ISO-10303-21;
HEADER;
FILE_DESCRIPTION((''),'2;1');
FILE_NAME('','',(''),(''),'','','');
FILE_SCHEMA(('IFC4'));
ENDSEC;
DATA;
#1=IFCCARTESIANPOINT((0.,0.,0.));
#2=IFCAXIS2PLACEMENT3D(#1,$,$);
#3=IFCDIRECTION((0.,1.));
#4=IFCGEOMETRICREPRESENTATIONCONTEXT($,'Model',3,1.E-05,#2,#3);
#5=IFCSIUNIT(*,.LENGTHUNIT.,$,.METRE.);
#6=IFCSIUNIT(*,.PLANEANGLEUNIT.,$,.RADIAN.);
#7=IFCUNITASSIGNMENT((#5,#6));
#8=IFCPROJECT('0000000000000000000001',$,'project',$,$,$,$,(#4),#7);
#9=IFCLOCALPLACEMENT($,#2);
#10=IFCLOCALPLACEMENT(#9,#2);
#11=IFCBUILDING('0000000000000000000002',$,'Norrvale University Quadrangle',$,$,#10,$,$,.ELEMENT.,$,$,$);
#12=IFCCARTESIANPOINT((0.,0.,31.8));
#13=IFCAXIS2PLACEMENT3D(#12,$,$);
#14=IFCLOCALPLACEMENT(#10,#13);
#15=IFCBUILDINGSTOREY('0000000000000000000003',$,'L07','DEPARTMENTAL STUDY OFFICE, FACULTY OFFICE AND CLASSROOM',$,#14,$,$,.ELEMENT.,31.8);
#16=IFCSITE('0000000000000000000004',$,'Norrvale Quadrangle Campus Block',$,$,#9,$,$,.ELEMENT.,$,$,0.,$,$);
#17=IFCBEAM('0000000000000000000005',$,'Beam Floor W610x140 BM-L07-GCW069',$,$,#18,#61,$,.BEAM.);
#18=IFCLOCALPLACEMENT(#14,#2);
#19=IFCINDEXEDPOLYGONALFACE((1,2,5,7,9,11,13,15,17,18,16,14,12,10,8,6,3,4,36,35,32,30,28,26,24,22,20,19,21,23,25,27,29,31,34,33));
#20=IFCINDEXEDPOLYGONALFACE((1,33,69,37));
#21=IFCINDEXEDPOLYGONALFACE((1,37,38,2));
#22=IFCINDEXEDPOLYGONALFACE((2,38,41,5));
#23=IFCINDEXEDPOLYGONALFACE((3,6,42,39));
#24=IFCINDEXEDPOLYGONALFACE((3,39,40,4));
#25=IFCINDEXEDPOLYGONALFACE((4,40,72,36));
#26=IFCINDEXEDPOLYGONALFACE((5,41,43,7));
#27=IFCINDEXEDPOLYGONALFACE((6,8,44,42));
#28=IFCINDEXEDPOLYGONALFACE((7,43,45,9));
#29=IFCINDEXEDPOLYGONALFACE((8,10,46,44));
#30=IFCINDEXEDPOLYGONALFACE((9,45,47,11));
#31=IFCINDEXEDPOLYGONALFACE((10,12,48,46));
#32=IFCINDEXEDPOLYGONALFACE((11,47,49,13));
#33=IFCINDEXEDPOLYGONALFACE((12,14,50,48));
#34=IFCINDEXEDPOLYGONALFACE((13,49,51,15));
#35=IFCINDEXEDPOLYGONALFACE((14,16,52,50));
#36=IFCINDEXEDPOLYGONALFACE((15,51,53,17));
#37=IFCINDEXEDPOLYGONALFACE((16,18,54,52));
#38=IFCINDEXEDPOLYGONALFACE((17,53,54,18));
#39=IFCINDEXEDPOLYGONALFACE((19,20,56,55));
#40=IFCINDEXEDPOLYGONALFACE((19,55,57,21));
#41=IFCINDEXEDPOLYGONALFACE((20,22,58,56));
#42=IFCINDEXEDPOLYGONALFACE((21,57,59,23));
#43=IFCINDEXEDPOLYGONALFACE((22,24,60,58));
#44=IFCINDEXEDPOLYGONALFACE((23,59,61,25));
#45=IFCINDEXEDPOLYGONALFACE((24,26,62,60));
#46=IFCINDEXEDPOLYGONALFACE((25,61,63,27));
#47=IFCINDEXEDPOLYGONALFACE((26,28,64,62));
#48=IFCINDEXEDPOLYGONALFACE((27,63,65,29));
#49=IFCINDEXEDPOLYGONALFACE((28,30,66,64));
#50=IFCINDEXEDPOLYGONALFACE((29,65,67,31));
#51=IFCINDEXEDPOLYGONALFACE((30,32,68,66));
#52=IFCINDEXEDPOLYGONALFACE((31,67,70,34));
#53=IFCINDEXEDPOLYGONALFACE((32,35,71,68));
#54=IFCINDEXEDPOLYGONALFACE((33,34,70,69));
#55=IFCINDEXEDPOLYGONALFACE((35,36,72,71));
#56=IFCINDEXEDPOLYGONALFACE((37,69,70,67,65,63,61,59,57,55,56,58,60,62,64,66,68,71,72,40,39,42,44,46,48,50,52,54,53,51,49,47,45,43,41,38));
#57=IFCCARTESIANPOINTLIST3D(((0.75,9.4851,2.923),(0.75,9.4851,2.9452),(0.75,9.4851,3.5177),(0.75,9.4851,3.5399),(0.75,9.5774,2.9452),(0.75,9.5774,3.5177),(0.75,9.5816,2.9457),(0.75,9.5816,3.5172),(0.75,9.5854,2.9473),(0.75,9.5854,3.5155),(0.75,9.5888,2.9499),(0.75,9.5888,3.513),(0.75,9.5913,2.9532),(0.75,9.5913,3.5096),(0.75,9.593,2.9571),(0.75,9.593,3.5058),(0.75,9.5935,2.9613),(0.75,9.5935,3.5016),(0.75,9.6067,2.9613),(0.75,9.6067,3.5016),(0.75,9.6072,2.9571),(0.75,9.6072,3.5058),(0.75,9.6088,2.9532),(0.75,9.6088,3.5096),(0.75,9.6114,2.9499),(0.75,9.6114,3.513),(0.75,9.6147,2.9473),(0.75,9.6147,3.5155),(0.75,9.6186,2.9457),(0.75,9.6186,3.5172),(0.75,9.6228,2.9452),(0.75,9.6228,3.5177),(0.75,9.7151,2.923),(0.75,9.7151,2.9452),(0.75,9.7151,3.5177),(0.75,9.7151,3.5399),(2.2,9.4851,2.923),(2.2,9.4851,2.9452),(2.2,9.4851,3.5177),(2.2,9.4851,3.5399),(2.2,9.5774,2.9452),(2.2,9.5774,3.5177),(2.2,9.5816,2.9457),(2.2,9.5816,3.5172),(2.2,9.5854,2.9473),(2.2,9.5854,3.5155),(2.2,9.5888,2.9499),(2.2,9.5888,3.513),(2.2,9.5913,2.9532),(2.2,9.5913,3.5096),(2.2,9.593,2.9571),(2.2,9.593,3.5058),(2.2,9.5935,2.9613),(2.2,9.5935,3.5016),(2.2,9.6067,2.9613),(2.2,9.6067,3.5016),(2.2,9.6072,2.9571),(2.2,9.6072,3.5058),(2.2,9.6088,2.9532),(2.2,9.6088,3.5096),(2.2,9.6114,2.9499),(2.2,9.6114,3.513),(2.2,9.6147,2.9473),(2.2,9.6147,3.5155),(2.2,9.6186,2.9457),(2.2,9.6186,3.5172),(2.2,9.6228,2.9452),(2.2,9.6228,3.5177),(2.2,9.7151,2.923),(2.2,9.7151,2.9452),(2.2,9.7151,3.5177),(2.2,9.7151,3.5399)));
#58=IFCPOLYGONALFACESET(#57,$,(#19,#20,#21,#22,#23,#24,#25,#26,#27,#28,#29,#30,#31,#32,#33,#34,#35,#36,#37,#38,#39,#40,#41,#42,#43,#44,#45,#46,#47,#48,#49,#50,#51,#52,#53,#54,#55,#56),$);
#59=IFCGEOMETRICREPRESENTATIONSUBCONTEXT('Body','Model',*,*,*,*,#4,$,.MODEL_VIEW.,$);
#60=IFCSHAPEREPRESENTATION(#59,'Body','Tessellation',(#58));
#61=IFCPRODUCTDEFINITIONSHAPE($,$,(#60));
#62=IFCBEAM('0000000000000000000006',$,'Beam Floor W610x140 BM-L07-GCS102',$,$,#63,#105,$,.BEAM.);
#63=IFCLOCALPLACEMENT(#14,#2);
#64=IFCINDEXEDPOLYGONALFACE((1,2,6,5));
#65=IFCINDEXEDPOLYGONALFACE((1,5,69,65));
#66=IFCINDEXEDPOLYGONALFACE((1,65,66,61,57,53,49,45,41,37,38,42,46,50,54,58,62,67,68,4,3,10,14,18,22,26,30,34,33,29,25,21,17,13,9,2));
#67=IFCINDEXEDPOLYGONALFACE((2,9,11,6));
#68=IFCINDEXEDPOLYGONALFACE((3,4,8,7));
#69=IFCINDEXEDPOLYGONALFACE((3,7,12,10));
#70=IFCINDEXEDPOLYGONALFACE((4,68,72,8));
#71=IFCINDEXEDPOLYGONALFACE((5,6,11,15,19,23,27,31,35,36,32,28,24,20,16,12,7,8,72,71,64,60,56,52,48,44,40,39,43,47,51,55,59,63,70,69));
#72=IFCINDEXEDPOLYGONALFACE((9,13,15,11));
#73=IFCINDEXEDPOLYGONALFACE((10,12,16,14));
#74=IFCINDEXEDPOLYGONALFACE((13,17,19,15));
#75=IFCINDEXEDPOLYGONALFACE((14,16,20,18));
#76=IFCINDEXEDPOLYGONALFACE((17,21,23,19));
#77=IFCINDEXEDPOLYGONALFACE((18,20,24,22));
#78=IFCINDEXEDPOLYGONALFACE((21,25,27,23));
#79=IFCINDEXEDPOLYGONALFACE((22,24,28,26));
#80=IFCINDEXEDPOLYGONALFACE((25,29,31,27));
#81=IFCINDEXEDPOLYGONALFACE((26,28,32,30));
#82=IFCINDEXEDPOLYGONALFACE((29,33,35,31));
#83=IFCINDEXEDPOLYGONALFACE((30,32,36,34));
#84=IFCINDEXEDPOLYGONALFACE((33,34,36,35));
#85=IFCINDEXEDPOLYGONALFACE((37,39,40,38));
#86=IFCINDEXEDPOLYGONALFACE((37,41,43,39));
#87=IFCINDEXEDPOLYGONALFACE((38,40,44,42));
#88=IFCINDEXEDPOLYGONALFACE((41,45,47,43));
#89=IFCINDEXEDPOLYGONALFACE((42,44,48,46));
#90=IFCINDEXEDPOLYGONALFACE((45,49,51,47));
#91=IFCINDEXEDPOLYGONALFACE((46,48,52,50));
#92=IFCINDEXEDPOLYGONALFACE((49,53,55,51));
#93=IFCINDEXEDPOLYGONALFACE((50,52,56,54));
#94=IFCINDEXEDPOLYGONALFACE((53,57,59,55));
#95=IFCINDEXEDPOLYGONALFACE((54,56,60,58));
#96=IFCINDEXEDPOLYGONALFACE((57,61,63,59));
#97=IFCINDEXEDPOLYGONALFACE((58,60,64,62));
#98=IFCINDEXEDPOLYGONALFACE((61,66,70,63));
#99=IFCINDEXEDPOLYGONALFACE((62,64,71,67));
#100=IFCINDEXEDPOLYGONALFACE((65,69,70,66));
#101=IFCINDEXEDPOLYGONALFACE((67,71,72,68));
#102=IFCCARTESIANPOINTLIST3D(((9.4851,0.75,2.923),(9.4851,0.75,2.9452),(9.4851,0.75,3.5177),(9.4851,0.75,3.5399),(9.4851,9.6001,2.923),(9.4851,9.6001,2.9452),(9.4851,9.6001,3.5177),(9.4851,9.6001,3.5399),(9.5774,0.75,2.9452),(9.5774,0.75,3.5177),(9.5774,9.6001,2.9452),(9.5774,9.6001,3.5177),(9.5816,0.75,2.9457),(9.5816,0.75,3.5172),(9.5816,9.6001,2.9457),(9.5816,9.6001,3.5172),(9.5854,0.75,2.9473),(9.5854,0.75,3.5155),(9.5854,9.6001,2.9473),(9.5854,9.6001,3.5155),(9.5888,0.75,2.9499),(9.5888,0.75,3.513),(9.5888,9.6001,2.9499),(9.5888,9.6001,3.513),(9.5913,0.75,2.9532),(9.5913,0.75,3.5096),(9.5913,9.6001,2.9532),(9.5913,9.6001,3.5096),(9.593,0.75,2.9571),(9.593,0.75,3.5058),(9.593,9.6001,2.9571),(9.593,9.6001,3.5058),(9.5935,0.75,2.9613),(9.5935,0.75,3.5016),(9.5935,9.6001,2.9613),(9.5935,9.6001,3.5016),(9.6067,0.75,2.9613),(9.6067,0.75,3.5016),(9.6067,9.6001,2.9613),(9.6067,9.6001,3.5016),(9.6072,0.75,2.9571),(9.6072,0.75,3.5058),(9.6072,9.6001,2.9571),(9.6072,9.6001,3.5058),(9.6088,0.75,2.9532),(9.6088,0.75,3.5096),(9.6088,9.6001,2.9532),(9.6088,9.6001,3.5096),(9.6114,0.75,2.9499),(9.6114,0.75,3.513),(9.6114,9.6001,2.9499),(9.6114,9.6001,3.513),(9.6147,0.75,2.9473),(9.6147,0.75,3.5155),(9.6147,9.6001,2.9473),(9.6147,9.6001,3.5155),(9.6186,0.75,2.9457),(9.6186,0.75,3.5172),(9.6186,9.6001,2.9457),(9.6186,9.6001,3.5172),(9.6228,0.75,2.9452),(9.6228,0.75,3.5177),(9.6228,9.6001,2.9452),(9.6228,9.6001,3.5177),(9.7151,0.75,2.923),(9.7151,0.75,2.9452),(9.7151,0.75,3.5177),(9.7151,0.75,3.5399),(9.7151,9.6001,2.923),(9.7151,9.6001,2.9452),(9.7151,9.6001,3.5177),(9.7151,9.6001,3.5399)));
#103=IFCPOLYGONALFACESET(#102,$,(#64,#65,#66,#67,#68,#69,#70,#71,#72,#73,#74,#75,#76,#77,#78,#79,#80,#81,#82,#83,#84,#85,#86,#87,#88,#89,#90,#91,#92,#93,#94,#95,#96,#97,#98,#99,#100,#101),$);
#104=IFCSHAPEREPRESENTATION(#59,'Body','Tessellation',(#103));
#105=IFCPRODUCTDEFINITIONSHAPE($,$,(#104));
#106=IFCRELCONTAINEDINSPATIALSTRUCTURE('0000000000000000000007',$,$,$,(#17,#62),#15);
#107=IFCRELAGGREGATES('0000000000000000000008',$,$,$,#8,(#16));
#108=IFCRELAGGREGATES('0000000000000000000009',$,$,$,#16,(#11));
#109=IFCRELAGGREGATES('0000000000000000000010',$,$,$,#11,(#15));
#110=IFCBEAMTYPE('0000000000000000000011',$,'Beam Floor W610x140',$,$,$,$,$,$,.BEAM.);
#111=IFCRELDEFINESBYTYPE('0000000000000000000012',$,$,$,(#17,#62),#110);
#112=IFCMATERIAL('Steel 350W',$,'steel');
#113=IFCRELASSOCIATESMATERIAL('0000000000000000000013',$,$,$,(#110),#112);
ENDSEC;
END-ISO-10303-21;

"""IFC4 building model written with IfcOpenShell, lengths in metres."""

from ifc_helpers import new_model, si_unit, direction, frame, origin, origin_2d, place, context, subcontext, project, spatial, i_section, extrude, material, material_profile, profile_set, type_object, element, save


model = new_model("IFC4")

# Units and contexts
model_context = context("Model", 3, precision=1e-05, world=origin(), true_north=direction((0.0, 1.0)))
body_context = subcontext(model_context, "Body", "Model", "MODEL_VIEW")
ifc_project = project(units=[si_unit("LENGTHUNIT", "METRE"), si_unit("PLANEANGLEUNIT", "RADIAN")], contexts=[model_context])

# Site, building, storey
site_placement = place(None, origin())
site = spatial("IfcSite", under=ifc_project, at=site_placement, Name="Norrvale Quadrangle Campus Block", CompositionType="ELEMENT", RefElevation=0.0)
building_placement = place(site_placement, origin())
building = spatial("IfcBuilding", under=site, at=building_placement, Name="Norrvale University Quadrangle", CompositionType="ELEMENT")
storey_placement = place(building_placement, frame((0.0, 0.0, 31.8)))
storey = spatial("IfcBuildingStorey", under=building, at=storey_placement, Name="L07", Description="DEPARTMENTAL STUDY OFFICE, FACULTY OFFICE AND CLASSROOM", CompositionType="ELEMENT", Elevation=31.8)

# Beams
ifc_material_1 = material(Name="Steel 350W", Category="steel")
ifc_material_profile_1 = material_profile(ifc_material_1, i_section(OverallWidth=0.23, OverallDepth=0.6169, WebThickness=0.0132, FlangeThickness=0.0222, FilletRadius=0.0161, at=origin_2d()), Name="Steel 350W")
ifc_profile_set_1 = profile_set([ifc_material_profile_1], Name="Steel 350W")
beam_type_1 = type_object("IfcBeamType", Name="Beam Floor W610x140", PredefinedType="BEAM", material=ifc_profile_set_1)
beam_1_placement = place(storey_placement, frame((0.75, 9.6001, 3.2314), z_axis=(1.0, 0.0, 0.0), x_axis=(0.0, 1.0, 0.0)))
element("IfcBeam", 1, at=beam_1_placement, inside=storey, type_object=beam_type_1, Name="Beam Floor W610x140 BM-L07-GCW069", PredefinedType="BEAM", context=body_context, shape_type="SweptSolid", body=[
    extrude(i_section(OverallWidth=0.23, OverallDepth=0.6169, WebThickness=0.0132, FlangeThickness=0.0222, FilletRadius=0.0161, at=origin_2d()), origin(), (0.0, 0.0, 1.0), 1.45),
])
beam_2_placement = place(storey_placement, frame((9.6001, 0.75, 3.2314), z_axis=(0.0, 1.0, 0.0), x_axis=(-1.0, 0.0, 0.0)))
element("IfcBeam", 2, at=beam_2_placement, inside=storey, type_object=beam_type_1, Name="Beam Floor W610x140 BM-L07-GCS102", PredefinedType="BEAM", context=body_context, shape_type="SweptSolid", body=[
    extrude(i_section(OverallWidth=0.23, OverallDepth=0.6169, WebThickness=0.0132, FlangeThickness=0.0222, FilletRadius=0.0161, at=origin_2d()), origin(), (0.0, 0.0, 1.0), 8.8501),
])

save(model, "model.ifc")
